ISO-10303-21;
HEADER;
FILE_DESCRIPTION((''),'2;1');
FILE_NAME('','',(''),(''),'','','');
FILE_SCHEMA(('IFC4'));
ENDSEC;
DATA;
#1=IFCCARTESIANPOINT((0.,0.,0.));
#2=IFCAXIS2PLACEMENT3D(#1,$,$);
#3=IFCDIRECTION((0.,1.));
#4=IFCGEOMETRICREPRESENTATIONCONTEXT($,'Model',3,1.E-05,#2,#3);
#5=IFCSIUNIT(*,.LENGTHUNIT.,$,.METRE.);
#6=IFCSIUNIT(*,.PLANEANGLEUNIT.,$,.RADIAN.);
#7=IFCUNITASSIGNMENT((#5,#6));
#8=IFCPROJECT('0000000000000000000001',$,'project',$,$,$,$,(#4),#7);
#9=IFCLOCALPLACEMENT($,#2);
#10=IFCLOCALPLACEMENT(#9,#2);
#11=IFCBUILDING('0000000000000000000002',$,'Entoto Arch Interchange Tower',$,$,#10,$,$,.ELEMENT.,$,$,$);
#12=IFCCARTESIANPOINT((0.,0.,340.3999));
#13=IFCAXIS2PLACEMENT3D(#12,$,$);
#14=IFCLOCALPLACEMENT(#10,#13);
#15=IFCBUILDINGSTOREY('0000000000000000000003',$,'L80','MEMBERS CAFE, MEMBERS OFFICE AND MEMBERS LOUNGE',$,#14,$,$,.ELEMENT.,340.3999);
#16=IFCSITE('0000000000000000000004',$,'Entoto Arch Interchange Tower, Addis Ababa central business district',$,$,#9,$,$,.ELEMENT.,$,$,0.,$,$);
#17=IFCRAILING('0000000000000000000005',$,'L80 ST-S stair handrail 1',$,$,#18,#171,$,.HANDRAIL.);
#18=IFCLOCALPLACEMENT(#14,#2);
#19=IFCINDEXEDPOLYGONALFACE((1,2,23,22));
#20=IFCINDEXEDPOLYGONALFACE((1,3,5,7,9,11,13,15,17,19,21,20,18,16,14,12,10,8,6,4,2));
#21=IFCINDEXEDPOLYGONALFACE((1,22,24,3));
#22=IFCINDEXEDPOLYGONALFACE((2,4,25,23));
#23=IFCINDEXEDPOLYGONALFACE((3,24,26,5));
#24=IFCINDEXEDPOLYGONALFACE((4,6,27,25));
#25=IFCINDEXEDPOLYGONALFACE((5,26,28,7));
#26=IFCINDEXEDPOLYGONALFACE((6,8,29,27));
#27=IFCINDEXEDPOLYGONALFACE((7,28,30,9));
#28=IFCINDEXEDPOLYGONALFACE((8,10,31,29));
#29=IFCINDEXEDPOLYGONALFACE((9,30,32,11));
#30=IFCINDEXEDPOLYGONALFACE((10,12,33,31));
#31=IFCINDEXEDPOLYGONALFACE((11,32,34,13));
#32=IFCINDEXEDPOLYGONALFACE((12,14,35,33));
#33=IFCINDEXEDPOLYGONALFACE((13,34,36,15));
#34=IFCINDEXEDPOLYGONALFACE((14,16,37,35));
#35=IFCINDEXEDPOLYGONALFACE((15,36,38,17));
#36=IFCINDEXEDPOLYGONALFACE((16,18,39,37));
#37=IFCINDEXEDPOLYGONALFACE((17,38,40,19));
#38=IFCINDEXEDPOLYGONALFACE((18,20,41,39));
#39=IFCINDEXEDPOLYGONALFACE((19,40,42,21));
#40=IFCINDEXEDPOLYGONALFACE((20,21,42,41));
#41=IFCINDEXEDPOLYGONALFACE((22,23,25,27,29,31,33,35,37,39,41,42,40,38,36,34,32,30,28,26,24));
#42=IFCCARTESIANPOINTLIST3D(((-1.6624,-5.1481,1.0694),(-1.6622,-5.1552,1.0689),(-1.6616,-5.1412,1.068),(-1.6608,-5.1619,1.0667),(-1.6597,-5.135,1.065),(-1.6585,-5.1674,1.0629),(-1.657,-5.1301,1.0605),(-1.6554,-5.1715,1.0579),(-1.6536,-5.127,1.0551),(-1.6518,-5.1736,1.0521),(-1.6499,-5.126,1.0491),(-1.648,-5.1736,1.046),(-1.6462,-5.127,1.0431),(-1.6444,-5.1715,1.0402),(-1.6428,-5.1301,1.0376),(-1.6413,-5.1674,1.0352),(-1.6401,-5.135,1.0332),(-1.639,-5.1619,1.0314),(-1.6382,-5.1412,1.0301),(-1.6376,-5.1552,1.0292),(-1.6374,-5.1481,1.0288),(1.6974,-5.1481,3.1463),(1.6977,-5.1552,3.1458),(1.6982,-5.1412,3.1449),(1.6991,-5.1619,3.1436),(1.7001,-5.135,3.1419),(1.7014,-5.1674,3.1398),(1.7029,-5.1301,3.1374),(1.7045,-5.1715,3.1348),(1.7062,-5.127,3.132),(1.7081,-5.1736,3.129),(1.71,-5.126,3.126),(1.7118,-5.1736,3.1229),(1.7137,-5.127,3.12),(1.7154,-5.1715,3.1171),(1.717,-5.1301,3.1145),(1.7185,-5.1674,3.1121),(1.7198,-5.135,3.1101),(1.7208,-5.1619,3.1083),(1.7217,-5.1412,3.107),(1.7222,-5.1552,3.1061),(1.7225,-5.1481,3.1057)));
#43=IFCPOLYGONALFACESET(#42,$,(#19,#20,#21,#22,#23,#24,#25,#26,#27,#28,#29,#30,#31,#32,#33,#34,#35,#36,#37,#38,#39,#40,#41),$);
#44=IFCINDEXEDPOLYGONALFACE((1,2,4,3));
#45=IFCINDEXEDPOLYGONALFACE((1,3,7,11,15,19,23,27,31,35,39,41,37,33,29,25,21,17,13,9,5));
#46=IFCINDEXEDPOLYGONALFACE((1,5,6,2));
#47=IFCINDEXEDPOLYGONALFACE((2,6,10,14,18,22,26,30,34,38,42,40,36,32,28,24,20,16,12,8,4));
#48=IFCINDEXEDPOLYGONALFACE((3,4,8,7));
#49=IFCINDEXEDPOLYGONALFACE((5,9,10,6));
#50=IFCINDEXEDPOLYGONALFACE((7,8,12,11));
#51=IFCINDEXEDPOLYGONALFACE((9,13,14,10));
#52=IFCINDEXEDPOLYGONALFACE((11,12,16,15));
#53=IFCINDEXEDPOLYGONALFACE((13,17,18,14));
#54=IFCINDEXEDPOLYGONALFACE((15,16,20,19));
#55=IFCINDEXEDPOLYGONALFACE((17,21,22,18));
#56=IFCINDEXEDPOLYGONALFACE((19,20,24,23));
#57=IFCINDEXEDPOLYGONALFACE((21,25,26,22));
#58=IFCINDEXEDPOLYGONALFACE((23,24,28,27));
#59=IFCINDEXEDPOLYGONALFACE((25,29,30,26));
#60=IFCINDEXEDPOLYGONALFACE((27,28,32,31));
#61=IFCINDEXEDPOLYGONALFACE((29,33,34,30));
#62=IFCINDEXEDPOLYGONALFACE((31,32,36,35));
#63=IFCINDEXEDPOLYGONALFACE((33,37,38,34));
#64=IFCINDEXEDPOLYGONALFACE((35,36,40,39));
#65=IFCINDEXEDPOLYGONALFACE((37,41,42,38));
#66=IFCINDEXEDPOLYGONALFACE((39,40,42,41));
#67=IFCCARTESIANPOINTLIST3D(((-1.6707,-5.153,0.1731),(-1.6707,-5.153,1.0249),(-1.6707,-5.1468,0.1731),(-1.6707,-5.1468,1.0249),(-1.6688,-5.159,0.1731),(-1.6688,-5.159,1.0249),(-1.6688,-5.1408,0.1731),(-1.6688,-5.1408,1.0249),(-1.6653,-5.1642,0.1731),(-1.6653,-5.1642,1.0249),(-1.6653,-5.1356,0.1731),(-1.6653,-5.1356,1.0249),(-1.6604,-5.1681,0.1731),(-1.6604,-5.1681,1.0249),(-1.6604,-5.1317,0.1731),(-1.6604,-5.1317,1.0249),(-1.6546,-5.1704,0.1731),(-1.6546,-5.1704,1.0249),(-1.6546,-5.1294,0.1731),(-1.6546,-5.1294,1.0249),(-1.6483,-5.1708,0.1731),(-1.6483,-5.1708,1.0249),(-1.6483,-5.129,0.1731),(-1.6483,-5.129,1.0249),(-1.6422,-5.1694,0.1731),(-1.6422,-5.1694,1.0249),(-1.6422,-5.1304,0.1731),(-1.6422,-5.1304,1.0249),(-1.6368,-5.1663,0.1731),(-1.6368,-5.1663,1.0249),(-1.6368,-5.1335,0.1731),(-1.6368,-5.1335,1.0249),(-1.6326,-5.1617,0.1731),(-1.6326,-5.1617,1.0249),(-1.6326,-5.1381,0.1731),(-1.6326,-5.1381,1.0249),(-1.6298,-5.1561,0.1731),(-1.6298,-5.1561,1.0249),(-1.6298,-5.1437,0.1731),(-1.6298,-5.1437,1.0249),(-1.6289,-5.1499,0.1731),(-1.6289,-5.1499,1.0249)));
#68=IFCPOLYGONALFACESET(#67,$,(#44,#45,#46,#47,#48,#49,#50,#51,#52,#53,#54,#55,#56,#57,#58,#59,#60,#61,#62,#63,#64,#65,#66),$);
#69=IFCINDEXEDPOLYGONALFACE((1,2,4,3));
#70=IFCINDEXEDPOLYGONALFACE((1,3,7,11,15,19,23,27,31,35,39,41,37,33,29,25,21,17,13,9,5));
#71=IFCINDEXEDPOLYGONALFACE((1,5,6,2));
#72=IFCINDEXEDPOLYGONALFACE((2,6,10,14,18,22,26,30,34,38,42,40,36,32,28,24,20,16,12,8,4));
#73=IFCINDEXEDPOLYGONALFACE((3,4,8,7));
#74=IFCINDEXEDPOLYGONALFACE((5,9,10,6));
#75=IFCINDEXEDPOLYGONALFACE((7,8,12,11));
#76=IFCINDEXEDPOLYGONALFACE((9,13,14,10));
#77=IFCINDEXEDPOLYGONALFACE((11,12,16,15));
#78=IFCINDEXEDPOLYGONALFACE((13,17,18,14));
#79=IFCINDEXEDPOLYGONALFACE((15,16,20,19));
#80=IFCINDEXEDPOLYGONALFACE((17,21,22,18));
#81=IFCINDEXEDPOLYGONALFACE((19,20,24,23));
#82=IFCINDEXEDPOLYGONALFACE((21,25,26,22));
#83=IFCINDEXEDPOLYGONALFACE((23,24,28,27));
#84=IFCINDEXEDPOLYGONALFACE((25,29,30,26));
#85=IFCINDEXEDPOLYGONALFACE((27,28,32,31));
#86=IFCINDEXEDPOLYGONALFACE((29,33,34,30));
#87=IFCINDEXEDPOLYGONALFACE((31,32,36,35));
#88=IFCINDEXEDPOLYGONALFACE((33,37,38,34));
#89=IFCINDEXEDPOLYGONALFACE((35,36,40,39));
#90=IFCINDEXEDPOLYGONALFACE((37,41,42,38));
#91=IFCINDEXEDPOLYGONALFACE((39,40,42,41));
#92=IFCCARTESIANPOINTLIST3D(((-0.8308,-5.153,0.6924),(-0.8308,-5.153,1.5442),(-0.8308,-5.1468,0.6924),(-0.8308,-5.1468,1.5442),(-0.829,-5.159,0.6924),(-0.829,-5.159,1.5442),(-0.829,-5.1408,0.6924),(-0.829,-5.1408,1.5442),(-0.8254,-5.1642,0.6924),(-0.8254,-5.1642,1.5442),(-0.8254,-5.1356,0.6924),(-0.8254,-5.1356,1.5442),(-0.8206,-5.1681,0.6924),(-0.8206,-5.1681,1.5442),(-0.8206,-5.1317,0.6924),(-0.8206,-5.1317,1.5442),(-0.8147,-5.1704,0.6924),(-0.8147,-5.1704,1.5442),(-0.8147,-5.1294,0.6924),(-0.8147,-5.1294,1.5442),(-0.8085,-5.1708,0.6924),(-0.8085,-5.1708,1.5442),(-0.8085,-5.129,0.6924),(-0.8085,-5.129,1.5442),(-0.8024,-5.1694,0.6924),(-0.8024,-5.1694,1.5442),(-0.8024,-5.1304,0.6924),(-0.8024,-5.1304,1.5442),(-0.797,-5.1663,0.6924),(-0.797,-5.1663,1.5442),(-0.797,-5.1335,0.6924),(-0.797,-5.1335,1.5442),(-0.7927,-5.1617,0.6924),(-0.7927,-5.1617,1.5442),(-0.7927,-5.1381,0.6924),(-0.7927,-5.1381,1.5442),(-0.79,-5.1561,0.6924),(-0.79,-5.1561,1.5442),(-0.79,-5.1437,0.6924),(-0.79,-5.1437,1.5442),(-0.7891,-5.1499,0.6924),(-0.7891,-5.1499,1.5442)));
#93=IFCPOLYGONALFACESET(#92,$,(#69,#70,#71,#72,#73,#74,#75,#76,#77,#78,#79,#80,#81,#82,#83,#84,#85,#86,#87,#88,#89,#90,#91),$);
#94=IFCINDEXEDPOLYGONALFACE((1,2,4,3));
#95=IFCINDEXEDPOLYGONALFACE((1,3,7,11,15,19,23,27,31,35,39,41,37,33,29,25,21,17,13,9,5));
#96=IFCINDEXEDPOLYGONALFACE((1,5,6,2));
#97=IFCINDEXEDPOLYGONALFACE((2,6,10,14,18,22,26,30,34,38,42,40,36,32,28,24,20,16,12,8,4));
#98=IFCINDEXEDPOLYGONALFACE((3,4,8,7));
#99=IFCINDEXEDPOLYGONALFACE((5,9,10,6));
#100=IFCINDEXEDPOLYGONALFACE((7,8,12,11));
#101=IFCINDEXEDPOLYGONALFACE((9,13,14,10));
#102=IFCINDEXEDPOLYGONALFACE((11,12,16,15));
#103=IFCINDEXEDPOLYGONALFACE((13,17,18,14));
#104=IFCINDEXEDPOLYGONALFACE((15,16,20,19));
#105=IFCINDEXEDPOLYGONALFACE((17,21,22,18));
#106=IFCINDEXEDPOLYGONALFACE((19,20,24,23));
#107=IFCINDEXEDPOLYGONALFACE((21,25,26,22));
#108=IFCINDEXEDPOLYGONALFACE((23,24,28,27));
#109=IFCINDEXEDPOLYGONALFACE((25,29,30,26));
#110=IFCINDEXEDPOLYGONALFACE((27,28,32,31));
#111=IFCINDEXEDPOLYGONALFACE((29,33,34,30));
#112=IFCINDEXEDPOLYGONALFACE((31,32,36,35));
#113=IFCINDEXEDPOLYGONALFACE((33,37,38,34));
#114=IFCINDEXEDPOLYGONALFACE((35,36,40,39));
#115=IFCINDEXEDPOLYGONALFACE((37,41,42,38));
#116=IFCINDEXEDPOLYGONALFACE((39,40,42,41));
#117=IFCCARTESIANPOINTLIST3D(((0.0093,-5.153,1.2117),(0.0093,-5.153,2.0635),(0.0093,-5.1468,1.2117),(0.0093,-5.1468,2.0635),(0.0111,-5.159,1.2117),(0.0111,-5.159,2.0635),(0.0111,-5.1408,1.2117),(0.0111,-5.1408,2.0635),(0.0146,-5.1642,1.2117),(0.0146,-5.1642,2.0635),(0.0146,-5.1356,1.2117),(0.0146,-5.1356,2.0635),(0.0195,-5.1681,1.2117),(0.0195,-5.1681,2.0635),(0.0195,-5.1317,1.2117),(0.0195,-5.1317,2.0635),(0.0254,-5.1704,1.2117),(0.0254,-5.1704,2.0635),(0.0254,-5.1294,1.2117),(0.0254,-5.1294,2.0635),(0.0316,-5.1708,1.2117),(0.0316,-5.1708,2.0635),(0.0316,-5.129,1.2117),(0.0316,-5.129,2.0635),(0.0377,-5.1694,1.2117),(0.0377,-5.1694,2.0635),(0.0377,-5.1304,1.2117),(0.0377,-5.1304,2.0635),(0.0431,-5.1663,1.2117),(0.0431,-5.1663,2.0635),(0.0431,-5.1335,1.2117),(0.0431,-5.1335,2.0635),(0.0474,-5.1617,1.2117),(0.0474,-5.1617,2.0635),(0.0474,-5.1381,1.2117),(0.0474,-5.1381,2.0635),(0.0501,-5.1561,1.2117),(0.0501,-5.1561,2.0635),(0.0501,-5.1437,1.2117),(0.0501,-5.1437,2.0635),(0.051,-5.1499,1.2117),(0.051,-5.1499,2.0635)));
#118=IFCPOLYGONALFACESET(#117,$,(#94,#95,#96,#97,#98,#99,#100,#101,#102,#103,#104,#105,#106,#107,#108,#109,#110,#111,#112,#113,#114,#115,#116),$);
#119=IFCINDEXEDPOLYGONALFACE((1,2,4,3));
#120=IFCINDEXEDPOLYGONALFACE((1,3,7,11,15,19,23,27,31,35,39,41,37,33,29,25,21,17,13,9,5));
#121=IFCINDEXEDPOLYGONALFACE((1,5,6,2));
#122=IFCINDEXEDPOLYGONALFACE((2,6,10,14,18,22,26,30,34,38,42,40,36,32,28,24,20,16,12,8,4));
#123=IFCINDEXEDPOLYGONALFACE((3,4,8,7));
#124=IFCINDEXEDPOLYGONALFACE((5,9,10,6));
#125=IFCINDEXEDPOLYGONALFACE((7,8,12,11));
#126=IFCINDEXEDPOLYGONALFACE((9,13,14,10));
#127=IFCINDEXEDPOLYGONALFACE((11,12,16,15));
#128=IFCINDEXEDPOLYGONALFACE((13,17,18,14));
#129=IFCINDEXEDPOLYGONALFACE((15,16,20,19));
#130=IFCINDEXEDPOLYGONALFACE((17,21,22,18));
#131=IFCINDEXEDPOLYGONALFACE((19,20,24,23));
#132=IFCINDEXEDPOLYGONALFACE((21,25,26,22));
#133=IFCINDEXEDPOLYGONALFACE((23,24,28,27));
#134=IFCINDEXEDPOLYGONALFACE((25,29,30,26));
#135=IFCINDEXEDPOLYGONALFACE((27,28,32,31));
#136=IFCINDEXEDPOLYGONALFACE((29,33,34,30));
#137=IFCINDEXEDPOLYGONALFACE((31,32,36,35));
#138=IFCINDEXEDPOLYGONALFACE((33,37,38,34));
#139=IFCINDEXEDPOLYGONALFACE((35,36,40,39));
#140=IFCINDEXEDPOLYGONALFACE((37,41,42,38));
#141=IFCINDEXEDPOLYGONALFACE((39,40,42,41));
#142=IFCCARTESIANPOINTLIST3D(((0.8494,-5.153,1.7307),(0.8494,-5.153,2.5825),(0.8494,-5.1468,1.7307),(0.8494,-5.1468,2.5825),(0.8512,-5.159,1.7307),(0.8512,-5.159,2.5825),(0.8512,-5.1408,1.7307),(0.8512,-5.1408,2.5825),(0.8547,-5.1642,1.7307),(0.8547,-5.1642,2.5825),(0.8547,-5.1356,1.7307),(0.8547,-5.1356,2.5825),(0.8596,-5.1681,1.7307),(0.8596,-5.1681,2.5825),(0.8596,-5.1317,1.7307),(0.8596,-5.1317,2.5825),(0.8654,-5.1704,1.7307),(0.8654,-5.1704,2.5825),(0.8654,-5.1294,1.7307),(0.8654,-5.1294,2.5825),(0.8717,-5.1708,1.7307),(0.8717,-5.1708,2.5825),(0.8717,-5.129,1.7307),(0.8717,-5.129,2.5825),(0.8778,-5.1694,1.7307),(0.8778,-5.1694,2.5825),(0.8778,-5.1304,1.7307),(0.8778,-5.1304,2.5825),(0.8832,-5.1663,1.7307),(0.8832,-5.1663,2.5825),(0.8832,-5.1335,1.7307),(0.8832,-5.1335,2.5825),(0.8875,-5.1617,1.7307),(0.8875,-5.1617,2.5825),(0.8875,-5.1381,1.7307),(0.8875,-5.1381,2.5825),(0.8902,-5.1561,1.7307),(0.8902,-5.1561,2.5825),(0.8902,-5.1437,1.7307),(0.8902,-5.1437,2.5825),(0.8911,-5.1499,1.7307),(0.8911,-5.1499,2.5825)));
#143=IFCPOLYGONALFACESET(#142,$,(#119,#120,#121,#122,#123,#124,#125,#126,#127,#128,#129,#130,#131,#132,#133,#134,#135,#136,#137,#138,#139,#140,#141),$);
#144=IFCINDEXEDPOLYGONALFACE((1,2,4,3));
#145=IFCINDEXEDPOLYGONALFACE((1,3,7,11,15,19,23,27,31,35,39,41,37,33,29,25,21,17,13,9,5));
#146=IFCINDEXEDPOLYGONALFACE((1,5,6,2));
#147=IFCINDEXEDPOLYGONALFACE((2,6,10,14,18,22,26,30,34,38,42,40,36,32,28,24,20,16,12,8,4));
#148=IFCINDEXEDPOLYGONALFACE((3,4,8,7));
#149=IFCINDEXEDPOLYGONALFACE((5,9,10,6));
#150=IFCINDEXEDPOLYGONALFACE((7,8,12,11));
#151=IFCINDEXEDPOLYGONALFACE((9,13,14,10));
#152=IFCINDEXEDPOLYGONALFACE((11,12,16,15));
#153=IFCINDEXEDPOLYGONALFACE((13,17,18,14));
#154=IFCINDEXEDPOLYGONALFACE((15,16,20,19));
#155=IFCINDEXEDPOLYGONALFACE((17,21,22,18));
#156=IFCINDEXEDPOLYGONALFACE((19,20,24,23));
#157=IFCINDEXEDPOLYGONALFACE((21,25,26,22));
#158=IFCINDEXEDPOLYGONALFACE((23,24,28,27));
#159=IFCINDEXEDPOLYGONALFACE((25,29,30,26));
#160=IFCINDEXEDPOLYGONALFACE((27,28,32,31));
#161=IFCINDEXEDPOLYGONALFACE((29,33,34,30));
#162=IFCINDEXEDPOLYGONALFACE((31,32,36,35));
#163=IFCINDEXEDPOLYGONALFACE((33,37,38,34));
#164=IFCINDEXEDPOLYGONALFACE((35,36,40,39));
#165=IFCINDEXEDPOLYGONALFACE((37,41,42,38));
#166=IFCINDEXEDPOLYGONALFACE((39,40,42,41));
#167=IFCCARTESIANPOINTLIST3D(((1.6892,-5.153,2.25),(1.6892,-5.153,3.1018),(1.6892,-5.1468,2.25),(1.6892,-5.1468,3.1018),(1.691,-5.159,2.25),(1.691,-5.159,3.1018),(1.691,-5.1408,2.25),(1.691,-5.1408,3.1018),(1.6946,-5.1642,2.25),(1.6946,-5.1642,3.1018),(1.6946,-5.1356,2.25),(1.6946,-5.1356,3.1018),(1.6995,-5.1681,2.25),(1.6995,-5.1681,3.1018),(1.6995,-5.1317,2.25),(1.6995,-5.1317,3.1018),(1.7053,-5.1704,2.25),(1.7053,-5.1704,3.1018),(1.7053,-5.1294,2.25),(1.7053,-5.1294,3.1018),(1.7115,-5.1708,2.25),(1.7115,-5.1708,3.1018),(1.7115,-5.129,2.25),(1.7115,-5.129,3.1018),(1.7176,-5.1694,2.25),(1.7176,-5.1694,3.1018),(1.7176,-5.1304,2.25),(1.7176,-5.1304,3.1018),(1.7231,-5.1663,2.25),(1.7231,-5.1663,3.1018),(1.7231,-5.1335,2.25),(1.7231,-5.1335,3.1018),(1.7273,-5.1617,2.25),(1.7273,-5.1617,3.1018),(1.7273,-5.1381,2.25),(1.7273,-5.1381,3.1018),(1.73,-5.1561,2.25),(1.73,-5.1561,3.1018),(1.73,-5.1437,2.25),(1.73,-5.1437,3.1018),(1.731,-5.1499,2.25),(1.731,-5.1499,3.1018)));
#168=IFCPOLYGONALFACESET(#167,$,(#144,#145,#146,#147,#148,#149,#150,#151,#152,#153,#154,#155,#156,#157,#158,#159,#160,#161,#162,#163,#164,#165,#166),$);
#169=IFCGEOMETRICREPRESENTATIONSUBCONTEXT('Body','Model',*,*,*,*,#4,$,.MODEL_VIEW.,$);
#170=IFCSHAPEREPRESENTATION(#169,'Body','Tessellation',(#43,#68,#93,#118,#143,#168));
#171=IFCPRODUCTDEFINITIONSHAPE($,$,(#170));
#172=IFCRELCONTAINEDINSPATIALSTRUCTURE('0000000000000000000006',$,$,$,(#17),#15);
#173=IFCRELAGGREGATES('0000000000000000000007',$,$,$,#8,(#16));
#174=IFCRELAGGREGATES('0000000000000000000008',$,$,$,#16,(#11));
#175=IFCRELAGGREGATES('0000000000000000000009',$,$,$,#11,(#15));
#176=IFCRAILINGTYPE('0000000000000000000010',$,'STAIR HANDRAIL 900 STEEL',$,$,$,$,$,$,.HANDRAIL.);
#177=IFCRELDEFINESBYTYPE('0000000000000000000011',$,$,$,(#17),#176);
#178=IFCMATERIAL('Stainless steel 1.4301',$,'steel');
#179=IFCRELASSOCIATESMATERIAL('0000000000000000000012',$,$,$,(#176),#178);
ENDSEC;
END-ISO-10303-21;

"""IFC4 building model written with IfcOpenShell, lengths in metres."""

from ifc_helpers import new_model, si_unit, direction, frame, origin, origin_2d, place, context, subcontext, project, spatial, circle, extrude, material, type_object, element, save


model = new_model("IFC4")

# Units and contexts
model_context = context("Model", 3, precision=1e-05, world=origin(), true_north=direction((0.0, 1.0)))
body_context = subcontext(model_context, "Body", "Model", "MODEL_VIEW")
ifc_project = project(units=[si_unit("LENGTHUNIT", "METRE"), si_unit("PLANEANGLEUNIT", "RADIAN")], contexts=[model_context])

# Site, building, storey
site_placement = place(None, origin())
site = spatial("IfcSite", under=ifc_project, at=site_placement, Name="Entoto Arch Interchange Tower, Addis Ababa central business district", CompositionType="ELEMENT", RefElevation=0.0)
building_placement = place(site_placement, origin())
building = spatial("IfcBuilding", under=site, at=building_placement, Name="Entoto Arch Interchange Tower", CompositionType="ELEMENT")
storey_placement = place(building_placement, frame((0.0, 0.0, 340.3999)))
storey = spatial("IfcBuildingStorey", under=building, at=storey_placement, Name="L80", Description="MEMBERS CAFE, MEMBERS OFFICE AND MEMBERS LOUNGE", CompositionType="ELEMENT", Elevation=340.3999)

# Railing
ifc_material_1 = material(Name="Stainless steel 1.4301", Category="steel")
railing_type_1 = type_object("IfcRailingType", Name="STAIR HANDRAIL 900 STEEL", PredefinedType="HANDRAIL", material=ifc_material_1)
railing_1_placement = place(storey_placement, frame((-1.6499, -5.1499, 0.1731)))
element("IfcRailing", 1, at=railing_1_placement, inside=storey, type_object=railing_type_1, Name="L80 ST-S stair handrail 1", PredefinedType="HANDRAIL", context=body_context, shape_type="SweptSolid", body=[
    extrude(circle(Radius=0.0239, at=origin_2d()), frame((0.0, 0.0, 0.876), z_axis=(0.850606, 0.0, 0.525803), x_axis=(0.0, 1.0, 0.0)), (0.0, 0.0, 1.0), 3.95),
    extrude(circle(Radius=0.021, at=origin_2d()), origin(), (0.0, 0.0, 1.0), 0.8518),
    extrude(circle(Radius=0.021, at=origin_2d()), frame((0.8398, 0.0, 0.5193)), (0.0, 0.0, 1.0), 0.8518),
    extrude(circle(Radius=0.021, at=origin_2d()), frame((1.6799, 0.0, 1.0386)), (0.0, 0.0, 1.0), 0.8518),
    extrude(circle(Radius=0.021, at=origin_2d()), frame((2.52, 0.0, 1.5576)), (0.0, 0.0, 1.0), 0.8518),
    extrude(circle(Radius=0.021, at=origin_2d()), frame((3.3599, 0.0, 2.0769)), (0.0, 0.0, 1.0), 0.8518),
])

save(model, "model.ifc")
